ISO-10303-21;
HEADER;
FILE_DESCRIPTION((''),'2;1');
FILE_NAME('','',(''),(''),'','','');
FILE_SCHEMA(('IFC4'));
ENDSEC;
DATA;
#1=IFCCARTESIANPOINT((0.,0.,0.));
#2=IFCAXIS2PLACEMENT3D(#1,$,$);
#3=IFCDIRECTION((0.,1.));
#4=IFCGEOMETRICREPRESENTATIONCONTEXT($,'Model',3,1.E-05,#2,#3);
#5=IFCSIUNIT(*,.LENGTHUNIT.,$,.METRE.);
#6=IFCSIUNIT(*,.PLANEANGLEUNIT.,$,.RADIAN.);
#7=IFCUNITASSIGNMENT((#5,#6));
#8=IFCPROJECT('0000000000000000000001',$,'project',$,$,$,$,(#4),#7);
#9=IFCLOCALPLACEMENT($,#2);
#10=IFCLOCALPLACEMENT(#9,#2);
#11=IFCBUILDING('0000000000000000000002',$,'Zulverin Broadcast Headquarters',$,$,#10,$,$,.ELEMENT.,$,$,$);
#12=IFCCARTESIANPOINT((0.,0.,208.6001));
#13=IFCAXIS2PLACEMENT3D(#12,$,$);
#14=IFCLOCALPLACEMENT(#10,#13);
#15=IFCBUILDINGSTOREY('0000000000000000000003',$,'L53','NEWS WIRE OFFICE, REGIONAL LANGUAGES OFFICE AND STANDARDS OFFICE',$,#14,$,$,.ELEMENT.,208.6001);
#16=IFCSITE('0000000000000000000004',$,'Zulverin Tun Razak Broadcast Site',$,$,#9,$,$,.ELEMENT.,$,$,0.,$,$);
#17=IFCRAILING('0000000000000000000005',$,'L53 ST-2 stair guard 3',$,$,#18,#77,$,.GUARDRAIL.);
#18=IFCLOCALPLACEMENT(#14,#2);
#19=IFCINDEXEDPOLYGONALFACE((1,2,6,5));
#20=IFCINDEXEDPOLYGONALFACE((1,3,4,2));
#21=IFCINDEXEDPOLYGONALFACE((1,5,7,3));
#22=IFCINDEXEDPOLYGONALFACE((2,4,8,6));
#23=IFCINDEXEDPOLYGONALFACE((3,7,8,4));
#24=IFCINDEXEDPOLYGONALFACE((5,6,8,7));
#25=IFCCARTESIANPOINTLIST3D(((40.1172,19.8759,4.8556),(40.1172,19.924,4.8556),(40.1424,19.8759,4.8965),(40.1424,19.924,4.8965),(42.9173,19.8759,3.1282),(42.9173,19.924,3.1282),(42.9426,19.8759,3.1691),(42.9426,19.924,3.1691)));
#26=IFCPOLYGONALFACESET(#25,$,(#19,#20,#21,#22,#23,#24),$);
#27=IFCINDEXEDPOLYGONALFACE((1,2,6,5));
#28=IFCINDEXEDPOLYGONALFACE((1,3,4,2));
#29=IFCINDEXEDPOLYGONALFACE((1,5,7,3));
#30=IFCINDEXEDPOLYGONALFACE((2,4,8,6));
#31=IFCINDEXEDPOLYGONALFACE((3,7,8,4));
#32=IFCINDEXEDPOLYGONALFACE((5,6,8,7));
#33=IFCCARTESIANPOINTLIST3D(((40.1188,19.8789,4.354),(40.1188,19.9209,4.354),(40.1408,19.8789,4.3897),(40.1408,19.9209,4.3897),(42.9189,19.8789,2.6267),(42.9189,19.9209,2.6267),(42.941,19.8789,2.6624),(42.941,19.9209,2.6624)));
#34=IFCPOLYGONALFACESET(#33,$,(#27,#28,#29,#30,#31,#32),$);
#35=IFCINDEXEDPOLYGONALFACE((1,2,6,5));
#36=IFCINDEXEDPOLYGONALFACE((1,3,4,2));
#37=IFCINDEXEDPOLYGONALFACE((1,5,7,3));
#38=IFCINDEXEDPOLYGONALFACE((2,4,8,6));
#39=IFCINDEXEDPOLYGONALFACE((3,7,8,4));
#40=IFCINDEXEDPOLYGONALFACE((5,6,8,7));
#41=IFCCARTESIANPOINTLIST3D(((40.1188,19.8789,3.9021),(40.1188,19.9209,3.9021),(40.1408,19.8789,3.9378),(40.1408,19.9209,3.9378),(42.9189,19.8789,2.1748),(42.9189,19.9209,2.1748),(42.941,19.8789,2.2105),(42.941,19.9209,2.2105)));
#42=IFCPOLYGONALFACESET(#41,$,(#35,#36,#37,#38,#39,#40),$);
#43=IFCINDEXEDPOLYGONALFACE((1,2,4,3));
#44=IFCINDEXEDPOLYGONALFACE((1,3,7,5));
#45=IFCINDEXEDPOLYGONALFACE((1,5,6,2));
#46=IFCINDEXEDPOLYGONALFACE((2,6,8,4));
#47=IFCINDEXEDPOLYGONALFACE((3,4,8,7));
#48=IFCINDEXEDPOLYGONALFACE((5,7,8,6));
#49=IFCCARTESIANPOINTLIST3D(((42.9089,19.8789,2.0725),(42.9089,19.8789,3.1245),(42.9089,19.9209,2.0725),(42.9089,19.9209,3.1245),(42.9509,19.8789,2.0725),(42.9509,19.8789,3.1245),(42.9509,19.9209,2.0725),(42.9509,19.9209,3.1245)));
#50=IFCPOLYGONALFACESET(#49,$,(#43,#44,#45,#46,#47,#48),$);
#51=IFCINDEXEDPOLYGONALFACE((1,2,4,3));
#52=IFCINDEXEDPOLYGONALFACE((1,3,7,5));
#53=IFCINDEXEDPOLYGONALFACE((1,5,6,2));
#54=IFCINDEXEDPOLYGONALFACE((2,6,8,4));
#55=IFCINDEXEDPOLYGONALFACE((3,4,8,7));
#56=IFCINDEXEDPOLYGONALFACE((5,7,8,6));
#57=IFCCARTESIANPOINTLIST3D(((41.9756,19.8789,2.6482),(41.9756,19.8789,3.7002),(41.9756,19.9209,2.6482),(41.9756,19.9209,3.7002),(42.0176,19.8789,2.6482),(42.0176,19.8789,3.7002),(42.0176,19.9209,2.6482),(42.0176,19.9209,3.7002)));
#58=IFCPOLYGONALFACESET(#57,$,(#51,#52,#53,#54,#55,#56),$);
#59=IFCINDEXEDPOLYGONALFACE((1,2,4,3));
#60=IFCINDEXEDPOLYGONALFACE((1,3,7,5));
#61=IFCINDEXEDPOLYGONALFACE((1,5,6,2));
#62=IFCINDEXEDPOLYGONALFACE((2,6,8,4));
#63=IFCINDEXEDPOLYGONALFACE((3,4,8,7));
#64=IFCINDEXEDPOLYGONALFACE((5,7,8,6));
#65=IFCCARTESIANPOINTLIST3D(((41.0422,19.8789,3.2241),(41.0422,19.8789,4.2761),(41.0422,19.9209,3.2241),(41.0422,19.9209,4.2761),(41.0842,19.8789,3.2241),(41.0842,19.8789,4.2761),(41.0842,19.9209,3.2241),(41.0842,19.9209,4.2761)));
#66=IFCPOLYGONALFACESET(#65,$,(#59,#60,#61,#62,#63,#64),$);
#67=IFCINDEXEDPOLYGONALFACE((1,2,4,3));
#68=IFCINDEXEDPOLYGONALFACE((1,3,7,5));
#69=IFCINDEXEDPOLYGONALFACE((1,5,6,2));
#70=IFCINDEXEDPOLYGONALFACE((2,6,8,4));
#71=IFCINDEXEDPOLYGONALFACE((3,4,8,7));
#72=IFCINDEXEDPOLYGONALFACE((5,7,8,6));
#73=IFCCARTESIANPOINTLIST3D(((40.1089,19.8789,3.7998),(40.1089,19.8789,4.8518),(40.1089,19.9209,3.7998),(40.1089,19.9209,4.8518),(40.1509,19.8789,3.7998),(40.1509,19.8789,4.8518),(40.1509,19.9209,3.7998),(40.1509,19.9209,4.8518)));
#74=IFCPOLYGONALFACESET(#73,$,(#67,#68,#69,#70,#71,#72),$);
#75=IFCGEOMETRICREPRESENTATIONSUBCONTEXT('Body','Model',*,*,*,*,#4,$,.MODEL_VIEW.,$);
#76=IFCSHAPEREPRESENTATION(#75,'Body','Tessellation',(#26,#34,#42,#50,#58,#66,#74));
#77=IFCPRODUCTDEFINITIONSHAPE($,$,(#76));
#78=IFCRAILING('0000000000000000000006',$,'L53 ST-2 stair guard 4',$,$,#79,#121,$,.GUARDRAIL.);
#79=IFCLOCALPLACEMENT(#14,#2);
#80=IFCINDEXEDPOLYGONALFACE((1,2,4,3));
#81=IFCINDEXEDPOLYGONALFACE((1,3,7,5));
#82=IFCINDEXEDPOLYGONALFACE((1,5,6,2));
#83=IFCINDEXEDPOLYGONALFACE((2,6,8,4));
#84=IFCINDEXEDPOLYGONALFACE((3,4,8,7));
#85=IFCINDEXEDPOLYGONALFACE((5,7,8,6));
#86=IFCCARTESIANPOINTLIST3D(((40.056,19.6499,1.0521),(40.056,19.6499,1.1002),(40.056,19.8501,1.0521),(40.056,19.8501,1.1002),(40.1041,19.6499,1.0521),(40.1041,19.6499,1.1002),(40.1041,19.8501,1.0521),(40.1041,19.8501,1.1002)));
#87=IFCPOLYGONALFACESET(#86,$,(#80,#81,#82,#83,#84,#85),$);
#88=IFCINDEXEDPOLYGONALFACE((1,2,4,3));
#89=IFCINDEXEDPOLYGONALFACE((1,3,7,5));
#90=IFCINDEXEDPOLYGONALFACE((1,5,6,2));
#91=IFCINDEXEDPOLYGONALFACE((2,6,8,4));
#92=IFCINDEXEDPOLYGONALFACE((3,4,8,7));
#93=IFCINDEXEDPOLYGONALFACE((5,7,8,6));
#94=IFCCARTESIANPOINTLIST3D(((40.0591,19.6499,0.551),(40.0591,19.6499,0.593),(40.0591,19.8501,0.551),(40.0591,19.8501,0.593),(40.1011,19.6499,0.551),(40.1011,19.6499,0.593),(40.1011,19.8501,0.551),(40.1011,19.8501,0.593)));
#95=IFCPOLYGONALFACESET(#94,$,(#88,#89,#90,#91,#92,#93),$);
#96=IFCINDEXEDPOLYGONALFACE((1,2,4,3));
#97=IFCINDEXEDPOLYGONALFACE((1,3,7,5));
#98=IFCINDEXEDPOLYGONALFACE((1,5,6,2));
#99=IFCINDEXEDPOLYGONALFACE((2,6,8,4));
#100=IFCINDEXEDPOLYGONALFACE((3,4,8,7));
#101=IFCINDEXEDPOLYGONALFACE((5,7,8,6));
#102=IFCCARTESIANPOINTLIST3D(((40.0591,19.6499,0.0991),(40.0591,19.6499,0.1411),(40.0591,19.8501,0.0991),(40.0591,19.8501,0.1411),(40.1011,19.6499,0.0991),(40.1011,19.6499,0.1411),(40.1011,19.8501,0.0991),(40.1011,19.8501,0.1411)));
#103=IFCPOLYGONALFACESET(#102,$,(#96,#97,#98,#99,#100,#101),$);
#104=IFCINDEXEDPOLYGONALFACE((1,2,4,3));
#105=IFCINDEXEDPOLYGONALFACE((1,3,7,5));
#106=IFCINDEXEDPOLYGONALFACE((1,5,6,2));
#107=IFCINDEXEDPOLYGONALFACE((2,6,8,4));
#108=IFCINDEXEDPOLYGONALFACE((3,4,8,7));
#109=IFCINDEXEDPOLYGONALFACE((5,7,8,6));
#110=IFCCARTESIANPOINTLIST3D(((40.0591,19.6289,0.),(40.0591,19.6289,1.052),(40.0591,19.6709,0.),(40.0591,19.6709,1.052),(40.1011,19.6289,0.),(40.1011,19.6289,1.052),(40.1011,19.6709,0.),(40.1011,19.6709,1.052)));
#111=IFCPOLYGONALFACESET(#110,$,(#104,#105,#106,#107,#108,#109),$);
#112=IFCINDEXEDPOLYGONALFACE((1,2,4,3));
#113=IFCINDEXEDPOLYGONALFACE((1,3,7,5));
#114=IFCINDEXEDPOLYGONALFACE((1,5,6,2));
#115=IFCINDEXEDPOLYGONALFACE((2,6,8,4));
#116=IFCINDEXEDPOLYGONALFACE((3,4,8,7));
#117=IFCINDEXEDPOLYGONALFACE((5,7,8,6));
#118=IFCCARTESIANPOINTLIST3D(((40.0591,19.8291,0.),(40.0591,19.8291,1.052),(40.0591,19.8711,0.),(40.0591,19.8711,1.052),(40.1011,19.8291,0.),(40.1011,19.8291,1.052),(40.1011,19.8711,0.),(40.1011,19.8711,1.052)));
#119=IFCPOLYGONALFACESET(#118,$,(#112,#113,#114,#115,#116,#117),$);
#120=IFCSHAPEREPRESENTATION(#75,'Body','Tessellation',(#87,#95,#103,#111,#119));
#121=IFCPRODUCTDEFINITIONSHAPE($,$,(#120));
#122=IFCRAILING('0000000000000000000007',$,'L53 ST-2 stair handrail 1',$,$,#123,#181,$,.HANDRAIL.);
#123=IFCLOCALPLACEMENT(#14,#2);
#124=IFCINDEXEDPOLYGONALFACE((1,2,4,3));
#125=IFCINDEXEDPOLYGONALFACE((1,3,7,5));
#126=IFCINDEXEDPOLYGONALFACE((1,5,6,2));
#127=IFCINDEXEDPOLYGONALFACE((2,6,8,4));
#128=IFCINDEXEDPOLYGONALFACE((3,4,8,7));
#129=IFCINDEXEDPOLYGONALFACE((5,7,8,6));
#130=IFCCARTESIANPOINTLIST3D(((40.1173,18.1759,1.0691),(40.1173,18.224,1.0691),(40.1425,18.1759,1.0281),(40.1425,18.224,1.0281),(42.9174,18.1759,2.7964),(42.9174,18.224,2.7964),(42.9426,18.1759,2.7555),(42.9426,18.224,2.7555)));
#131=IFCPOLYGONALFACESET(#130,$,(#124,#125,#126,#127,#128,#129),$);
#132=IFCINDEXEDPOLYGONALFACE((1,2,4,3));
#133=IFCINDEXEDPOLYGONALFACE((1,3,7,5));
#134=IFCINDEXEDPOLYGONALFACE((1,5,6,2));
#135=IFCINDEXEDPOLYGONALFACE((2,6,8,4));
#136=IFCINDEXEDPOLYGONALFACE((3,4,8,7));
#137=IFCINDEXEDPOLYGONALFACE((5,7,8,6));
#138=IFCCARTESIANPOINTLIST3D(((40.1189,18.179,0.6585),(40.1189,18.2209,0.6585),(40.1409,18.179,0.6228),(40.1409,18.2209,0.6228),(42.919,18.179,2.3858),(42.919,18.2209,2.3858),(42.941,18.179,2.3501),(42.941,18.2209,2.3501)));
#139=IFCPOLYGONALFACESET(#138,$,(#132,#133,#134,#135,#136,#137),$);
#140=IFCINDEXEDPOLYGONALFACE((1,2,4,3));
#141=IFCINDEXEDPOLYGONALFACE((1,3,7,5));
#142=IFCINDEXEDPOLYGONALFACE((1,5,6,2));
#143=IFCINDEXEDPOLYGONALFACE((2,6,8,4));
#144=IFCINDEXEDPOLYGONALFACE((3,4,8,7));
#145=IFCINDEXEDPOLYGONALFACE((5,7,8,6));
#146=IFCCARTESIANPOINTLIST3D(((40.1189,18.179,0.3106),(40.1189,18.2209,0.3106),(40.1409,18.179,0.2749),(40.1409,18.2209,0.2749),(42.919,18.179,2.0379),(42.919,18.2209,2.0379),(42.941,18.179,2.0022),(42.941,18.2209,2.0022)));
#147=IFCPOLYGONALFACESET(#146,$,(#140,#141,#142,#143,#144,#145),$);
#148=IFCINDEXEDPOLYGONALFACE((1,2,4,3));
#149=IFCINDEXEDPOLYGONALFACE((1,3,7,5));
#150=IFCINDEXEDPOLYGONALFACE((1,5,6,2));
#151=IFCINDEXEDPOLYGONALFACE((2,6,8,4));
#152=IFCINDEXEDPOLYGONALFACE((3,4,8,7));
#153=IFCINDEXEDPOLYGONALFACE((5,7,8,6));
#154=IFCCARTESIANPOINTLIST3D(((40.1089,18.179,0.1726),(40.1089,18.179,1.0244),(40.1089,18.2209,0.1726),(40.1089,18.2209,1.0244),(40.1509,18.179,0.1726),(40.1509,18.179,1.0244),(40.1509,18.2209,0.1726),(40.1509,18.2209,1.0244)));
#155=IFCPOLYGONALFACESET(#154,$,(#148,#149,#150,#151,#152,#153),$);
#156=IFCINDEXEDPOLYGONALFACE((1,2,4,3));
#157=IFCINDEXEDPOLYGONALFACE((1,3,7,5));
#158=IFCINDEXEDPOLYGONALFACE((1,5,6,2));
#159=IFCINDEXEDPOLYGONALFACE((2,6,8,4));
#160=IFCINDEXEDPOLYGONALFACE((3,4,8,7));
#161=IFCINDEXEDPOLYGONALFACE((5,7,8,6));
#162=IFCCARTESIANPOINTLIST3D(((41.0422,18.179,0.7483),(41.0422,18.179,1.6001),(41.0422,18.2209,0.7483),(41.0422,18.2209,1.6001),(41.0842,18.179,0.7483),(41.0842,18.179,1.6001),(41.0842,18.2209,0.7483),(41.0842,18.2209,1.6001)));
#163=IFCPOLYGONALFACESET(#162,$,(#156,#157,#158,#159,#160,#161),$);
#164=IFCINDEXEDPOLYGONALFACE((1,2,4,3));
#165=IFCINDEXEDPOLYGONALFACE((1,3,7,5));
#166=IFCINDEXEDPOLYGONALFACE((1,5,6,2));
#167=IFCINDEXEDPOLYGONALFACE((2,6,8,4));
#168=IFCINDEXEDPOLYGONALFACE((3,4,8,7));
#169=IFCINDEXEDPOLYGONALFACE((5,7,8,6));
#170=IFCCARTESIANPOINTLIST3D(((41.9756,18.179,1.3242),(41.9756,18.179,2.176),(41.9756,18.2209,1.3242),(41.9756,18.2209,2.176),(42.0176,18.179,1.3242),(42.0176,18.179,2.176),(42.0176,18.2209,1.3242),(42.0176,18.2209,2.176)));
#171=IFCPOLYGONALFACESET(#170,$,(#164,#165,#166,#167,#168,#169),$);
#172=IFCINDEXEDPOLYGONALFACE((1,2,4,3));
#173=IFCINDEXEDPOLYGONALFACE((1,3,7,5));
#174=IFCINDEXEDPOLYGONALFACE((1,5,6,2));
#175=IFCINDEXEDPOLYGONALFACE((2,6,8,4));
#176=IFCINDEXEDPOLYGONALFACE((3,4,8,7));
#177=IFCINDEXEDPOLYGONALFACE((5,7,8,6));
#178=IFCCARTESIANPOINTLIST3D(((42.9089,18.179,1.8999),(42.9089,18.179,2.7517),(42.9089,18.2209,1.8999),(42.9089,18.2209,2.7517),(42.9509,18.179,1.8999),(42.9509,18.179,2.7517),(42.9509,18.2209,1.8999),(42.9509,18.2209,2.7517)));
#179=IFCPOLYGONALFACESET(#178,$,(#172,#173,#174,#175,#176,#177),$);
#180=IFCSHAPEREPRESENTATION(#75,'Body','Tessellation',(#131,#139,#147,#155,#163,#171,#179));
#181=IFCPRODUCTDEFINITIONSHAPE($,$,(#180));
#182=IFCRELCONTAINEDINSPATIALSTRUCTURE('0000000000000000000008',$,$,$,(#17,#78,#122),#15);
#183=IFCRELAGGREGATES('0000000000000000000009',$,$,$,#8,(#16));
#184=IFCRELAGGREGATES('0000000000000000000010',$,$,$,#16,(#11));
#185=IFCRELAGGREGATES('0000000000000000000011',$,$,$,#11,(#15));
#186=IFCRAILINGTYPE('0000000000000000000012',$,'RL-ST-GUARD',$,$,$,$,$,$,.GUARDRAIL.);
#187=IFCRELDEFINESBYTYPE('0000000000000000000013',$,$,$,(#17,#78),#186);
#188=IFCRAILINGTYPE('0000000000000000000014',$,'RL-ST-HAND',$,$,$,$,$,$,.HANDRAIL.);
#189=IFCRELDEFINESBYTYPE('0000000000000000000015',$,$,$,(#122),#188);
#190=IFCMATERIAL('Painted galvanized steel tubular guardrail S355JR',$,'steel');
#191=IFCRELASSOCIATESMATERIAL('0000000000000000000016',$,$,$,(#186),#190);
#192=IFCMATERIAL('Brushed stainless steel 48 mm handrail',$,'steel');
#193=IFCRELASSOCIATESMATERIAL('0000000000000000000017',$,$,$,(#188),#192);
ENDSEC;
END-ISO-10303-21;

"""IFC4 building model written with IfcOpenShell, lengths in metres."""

from ifc_helpers import new_model, si_unit, direction, frame, origin, origin_2d, place, context, subcontext, project, spatial, rectangle, extrude, material, type_object, element, save


model = new_model("IFC4")

# Units and contexts
model_context = context("Model", 3, precision=1e-05, world=origin(), true_north=direction((0.0, 1.0)))
body_context = subcontext(model_context, "Body", "Model", "MODEL_VIEW")
ifc_project = project(units=[si_unit("LENGTHUNIT", "METRE"), si_unit("PLANEANGLEUNIT", "RADIAN")], contexts=[model_context])

# Site, building, storey
site_placement = place(None, origin())
site = spatial("IfcSite", under=ifc_project, at=site_placement, Name="Zulverin Tun Razak Broadcast Site", CompositionType="ELEMENT", RefElevation=0.0)
building_placement = place(site_placement, origin())
building = spatial("IfcBuilding", under=site, at=building_placement, Name="Zulverin Broadcast Headquarters", CompositionType="ELEMENT")
storey_placement = place(building_placement, frame((0.0, 0.0, 208.6001)))
storey = spatial("IfcBuildingStorey", under=building, at=storey_placement, Name="L53", Description="NEWS WIRE OFFICE, REGIONAL LANGUAGES OFFICE AND STANDARDS OFFICE", CompositionType="ELEMENT", Elevation=208.6001)

# Railings
ifc_material_1 = material(Name="Painted galvanized steel tubular guardrail S355JR", Category="steel")
railing_type_1 = type_object("IfcRailingType", Name="RL-ST-GUARD", PredefinedType="GUARDRAIL", material=ifc_material_1)
railing_1_placement = place(storey_placement, frame((42.9299, 19.8999, 2.0725)))
element("IfcRailing", 1, at=railing_1_placement, inside=storey, type_object=railing_type_1, Name="L53 ST-2 stair guard 3", PredefinedType="GUARDRAIL", context=body_context, shape_type="SweptSolid", body=[
    extrude(rectangle(XDim=0.0481, YDim=0.0481, at=origin_2d()), frame((0.0, 0.0, 1.0762), z_axis=(-0.85109, 0.0, 0.52502), x_axis=(0.0, -1.0, 0.0)), (0.0, 0.0, 1.0), 3.29),
    extrude(rectangle(XDim=0.042, YDim=0.042, at=origin_2d()), frame((0.0, 0.0, 0.572), z_axis=(-0.85109, 0.0, 0.52502), x_axis=(0.0, -1.0, 0.0)), (0.0, 0.0, 1.0), 3.29),
    extrude(rectangle(XDim=0.042, YDim=0.042, at=origin_2d()), frame((0.0, 0.0, 0.1201), z_axis=(-0.85109, 0.0, 0.52502), x_axis=(0.0, -1.0, 0.0)), (0.0, 0.0, 1.0), 3.29),
    extrude(rectangle(XDim=0.042, YDim=0.042, at=origin_2d()), origin(), (0.0, 0.0, 1.0), 1.052),
    extrude(rectangle(XDim=0.042, YDim=0.042, at=origin_2d()), frame((-0.9333, 0.0, 0.5757)), (0.0, 0.0, 1.0), 1.052),
    extrude(rectangle(XDim=0.042, YDim=0.042, at=origin_2d()), frame((-1.8667, 0.0, 1.1516)), (0.0, 0.0, 1.0), 1.052),
    extrude(rectangle(XDim=0.042, YDim=0.042, at=origin_2d()), frame((-2.8, 0.0, 1.7273)), (0.0, 0.0, 1.0), 1.052),
])
railing_2_placement = place(storey_placement, frame((40.0801, 19.6499, 0.0)))
element("IfcRailing", 2, at=railing_2_placement, inside=storey, type_object=railing_type_1, Name="L53 ST-2 stair guard 4", PredefinedType="GUARDRAIL", context=body_context, shape_type="SweptSolid", body=[
    extrude(rectangle(XDim=0.0481, YDim=0.0481, at=origin_2d()), frame((0.0, 0.0, 1.0762), z_axis=(0.0, 1.0, 0.0), x_axis=(-1.0, 0.0, 0.0)), (0.0, 0.0, 1.0), 0.2002),
    extrude(rectangle(XDim=0.042, YDim=0.042, at=origin_2d()), frame((0.0, 0.0, 0.572), z_axis=(0.0, 1.0, 0.0), x_axis=(-1.0, 0.0, 0.0)), (0.0, 0.0, 1.0), 0.2002),
    extrude(rectangle(XDim=0.042, YDim=0.042, at=origin_2d()), frame((0.0, 0.0, 0.1201), z_axis=(0.0, 1.0, 0.0), x_axis=(-1.0, 0.0, 0.0)), (0.0, 0.0, 1.0), 0.2002),
    extrude(rectangle(XDim=0.042, YDim=0.042, at=origin_2d()), origin(), (0.0, 0.0, 1.0), 1.052),
    extrude(rectangle(XDim=0.042, YDim=0.042, at=origin_2d()), frame((0.0, 0.2002, 0.0)), (0.0, 0.0, 1.0), 1.052),
])
ifc_material_2 = material(Name="Brushed stainless steel 48 mm handrail", Category="steel")
railing_type_2 = type_object("IfcRailingType", Name="RL-ST-HAND", PredefinedType="HANDRAIL", material=ifc_material_2)
railing_3_placement = place(storey_placement, frame((40.1299, 18.2, 0.1726)))
element("IfcRailing", 3, at=railing_3_placement, inside=storey, type_object=railing_type_2, Name="L53 ST-2 stair handrail 1", PredefinedType="HANDRAIL", context=body_context, shape_type="SweptSolid", body=[
    extrude(rectangle(XDim=0.0481, YDim=0.0481, at=origin_2d()), frame((0.0, 0.0, 0.876), z_axis=(0.85109, 0.0, 0.52502), x_axis=(0.0, 1.0, 0.0)), (0.0, 0.0, 1.0), 3.29),
    extrude(rectangle(XDim=0.042, YDim=0.042, at=origin_2d()), frame((0.0, 0.0, 0.468), z_axis=(0.85109, 0.0, 0.52502), x_axis=(0.0, 1.0, 0.0)), (0.0, 0.0, 1.0), 3.29),
    extrude(rectangle(XDim=0.042, YDim=0.042, at=origin_2d()), frame((0.0, 0.0, 0.1201), z_axis=(0.85109, 0.0, 0.52502), x_axis=(0.0, 1.0, 0.0)), (0.0, 0.0, 1.0), 3.29),
    extrude(rectangle(XDim=0.042, YDim=0.042, at=origin_2d()), origin(), (0.0, 0.0, 1.0), 0.8518),
    extrude(rectangle(XDim=0.042, YDim=0.042, at=origin_2d()), frame((0.9333, 0.0, 0.5757)), (0.0, 0.0, 1.0), 0.8518),
    extrude(rectangle(XDim=0.042, YDim=0.042, at=origin_2d()), frame((1.8667, 0.0, 1.1516)), (0.0, 0.0, 1.0), 0.8518),
    extrude(rectangle(XDim=0.042, YDim=0.042, at=origin_2d()), frame((2.8, 0.0, 1.7273)), (0.0, 0.0, 1.0), 0.8518),
])

save(model, "model.ifc")
